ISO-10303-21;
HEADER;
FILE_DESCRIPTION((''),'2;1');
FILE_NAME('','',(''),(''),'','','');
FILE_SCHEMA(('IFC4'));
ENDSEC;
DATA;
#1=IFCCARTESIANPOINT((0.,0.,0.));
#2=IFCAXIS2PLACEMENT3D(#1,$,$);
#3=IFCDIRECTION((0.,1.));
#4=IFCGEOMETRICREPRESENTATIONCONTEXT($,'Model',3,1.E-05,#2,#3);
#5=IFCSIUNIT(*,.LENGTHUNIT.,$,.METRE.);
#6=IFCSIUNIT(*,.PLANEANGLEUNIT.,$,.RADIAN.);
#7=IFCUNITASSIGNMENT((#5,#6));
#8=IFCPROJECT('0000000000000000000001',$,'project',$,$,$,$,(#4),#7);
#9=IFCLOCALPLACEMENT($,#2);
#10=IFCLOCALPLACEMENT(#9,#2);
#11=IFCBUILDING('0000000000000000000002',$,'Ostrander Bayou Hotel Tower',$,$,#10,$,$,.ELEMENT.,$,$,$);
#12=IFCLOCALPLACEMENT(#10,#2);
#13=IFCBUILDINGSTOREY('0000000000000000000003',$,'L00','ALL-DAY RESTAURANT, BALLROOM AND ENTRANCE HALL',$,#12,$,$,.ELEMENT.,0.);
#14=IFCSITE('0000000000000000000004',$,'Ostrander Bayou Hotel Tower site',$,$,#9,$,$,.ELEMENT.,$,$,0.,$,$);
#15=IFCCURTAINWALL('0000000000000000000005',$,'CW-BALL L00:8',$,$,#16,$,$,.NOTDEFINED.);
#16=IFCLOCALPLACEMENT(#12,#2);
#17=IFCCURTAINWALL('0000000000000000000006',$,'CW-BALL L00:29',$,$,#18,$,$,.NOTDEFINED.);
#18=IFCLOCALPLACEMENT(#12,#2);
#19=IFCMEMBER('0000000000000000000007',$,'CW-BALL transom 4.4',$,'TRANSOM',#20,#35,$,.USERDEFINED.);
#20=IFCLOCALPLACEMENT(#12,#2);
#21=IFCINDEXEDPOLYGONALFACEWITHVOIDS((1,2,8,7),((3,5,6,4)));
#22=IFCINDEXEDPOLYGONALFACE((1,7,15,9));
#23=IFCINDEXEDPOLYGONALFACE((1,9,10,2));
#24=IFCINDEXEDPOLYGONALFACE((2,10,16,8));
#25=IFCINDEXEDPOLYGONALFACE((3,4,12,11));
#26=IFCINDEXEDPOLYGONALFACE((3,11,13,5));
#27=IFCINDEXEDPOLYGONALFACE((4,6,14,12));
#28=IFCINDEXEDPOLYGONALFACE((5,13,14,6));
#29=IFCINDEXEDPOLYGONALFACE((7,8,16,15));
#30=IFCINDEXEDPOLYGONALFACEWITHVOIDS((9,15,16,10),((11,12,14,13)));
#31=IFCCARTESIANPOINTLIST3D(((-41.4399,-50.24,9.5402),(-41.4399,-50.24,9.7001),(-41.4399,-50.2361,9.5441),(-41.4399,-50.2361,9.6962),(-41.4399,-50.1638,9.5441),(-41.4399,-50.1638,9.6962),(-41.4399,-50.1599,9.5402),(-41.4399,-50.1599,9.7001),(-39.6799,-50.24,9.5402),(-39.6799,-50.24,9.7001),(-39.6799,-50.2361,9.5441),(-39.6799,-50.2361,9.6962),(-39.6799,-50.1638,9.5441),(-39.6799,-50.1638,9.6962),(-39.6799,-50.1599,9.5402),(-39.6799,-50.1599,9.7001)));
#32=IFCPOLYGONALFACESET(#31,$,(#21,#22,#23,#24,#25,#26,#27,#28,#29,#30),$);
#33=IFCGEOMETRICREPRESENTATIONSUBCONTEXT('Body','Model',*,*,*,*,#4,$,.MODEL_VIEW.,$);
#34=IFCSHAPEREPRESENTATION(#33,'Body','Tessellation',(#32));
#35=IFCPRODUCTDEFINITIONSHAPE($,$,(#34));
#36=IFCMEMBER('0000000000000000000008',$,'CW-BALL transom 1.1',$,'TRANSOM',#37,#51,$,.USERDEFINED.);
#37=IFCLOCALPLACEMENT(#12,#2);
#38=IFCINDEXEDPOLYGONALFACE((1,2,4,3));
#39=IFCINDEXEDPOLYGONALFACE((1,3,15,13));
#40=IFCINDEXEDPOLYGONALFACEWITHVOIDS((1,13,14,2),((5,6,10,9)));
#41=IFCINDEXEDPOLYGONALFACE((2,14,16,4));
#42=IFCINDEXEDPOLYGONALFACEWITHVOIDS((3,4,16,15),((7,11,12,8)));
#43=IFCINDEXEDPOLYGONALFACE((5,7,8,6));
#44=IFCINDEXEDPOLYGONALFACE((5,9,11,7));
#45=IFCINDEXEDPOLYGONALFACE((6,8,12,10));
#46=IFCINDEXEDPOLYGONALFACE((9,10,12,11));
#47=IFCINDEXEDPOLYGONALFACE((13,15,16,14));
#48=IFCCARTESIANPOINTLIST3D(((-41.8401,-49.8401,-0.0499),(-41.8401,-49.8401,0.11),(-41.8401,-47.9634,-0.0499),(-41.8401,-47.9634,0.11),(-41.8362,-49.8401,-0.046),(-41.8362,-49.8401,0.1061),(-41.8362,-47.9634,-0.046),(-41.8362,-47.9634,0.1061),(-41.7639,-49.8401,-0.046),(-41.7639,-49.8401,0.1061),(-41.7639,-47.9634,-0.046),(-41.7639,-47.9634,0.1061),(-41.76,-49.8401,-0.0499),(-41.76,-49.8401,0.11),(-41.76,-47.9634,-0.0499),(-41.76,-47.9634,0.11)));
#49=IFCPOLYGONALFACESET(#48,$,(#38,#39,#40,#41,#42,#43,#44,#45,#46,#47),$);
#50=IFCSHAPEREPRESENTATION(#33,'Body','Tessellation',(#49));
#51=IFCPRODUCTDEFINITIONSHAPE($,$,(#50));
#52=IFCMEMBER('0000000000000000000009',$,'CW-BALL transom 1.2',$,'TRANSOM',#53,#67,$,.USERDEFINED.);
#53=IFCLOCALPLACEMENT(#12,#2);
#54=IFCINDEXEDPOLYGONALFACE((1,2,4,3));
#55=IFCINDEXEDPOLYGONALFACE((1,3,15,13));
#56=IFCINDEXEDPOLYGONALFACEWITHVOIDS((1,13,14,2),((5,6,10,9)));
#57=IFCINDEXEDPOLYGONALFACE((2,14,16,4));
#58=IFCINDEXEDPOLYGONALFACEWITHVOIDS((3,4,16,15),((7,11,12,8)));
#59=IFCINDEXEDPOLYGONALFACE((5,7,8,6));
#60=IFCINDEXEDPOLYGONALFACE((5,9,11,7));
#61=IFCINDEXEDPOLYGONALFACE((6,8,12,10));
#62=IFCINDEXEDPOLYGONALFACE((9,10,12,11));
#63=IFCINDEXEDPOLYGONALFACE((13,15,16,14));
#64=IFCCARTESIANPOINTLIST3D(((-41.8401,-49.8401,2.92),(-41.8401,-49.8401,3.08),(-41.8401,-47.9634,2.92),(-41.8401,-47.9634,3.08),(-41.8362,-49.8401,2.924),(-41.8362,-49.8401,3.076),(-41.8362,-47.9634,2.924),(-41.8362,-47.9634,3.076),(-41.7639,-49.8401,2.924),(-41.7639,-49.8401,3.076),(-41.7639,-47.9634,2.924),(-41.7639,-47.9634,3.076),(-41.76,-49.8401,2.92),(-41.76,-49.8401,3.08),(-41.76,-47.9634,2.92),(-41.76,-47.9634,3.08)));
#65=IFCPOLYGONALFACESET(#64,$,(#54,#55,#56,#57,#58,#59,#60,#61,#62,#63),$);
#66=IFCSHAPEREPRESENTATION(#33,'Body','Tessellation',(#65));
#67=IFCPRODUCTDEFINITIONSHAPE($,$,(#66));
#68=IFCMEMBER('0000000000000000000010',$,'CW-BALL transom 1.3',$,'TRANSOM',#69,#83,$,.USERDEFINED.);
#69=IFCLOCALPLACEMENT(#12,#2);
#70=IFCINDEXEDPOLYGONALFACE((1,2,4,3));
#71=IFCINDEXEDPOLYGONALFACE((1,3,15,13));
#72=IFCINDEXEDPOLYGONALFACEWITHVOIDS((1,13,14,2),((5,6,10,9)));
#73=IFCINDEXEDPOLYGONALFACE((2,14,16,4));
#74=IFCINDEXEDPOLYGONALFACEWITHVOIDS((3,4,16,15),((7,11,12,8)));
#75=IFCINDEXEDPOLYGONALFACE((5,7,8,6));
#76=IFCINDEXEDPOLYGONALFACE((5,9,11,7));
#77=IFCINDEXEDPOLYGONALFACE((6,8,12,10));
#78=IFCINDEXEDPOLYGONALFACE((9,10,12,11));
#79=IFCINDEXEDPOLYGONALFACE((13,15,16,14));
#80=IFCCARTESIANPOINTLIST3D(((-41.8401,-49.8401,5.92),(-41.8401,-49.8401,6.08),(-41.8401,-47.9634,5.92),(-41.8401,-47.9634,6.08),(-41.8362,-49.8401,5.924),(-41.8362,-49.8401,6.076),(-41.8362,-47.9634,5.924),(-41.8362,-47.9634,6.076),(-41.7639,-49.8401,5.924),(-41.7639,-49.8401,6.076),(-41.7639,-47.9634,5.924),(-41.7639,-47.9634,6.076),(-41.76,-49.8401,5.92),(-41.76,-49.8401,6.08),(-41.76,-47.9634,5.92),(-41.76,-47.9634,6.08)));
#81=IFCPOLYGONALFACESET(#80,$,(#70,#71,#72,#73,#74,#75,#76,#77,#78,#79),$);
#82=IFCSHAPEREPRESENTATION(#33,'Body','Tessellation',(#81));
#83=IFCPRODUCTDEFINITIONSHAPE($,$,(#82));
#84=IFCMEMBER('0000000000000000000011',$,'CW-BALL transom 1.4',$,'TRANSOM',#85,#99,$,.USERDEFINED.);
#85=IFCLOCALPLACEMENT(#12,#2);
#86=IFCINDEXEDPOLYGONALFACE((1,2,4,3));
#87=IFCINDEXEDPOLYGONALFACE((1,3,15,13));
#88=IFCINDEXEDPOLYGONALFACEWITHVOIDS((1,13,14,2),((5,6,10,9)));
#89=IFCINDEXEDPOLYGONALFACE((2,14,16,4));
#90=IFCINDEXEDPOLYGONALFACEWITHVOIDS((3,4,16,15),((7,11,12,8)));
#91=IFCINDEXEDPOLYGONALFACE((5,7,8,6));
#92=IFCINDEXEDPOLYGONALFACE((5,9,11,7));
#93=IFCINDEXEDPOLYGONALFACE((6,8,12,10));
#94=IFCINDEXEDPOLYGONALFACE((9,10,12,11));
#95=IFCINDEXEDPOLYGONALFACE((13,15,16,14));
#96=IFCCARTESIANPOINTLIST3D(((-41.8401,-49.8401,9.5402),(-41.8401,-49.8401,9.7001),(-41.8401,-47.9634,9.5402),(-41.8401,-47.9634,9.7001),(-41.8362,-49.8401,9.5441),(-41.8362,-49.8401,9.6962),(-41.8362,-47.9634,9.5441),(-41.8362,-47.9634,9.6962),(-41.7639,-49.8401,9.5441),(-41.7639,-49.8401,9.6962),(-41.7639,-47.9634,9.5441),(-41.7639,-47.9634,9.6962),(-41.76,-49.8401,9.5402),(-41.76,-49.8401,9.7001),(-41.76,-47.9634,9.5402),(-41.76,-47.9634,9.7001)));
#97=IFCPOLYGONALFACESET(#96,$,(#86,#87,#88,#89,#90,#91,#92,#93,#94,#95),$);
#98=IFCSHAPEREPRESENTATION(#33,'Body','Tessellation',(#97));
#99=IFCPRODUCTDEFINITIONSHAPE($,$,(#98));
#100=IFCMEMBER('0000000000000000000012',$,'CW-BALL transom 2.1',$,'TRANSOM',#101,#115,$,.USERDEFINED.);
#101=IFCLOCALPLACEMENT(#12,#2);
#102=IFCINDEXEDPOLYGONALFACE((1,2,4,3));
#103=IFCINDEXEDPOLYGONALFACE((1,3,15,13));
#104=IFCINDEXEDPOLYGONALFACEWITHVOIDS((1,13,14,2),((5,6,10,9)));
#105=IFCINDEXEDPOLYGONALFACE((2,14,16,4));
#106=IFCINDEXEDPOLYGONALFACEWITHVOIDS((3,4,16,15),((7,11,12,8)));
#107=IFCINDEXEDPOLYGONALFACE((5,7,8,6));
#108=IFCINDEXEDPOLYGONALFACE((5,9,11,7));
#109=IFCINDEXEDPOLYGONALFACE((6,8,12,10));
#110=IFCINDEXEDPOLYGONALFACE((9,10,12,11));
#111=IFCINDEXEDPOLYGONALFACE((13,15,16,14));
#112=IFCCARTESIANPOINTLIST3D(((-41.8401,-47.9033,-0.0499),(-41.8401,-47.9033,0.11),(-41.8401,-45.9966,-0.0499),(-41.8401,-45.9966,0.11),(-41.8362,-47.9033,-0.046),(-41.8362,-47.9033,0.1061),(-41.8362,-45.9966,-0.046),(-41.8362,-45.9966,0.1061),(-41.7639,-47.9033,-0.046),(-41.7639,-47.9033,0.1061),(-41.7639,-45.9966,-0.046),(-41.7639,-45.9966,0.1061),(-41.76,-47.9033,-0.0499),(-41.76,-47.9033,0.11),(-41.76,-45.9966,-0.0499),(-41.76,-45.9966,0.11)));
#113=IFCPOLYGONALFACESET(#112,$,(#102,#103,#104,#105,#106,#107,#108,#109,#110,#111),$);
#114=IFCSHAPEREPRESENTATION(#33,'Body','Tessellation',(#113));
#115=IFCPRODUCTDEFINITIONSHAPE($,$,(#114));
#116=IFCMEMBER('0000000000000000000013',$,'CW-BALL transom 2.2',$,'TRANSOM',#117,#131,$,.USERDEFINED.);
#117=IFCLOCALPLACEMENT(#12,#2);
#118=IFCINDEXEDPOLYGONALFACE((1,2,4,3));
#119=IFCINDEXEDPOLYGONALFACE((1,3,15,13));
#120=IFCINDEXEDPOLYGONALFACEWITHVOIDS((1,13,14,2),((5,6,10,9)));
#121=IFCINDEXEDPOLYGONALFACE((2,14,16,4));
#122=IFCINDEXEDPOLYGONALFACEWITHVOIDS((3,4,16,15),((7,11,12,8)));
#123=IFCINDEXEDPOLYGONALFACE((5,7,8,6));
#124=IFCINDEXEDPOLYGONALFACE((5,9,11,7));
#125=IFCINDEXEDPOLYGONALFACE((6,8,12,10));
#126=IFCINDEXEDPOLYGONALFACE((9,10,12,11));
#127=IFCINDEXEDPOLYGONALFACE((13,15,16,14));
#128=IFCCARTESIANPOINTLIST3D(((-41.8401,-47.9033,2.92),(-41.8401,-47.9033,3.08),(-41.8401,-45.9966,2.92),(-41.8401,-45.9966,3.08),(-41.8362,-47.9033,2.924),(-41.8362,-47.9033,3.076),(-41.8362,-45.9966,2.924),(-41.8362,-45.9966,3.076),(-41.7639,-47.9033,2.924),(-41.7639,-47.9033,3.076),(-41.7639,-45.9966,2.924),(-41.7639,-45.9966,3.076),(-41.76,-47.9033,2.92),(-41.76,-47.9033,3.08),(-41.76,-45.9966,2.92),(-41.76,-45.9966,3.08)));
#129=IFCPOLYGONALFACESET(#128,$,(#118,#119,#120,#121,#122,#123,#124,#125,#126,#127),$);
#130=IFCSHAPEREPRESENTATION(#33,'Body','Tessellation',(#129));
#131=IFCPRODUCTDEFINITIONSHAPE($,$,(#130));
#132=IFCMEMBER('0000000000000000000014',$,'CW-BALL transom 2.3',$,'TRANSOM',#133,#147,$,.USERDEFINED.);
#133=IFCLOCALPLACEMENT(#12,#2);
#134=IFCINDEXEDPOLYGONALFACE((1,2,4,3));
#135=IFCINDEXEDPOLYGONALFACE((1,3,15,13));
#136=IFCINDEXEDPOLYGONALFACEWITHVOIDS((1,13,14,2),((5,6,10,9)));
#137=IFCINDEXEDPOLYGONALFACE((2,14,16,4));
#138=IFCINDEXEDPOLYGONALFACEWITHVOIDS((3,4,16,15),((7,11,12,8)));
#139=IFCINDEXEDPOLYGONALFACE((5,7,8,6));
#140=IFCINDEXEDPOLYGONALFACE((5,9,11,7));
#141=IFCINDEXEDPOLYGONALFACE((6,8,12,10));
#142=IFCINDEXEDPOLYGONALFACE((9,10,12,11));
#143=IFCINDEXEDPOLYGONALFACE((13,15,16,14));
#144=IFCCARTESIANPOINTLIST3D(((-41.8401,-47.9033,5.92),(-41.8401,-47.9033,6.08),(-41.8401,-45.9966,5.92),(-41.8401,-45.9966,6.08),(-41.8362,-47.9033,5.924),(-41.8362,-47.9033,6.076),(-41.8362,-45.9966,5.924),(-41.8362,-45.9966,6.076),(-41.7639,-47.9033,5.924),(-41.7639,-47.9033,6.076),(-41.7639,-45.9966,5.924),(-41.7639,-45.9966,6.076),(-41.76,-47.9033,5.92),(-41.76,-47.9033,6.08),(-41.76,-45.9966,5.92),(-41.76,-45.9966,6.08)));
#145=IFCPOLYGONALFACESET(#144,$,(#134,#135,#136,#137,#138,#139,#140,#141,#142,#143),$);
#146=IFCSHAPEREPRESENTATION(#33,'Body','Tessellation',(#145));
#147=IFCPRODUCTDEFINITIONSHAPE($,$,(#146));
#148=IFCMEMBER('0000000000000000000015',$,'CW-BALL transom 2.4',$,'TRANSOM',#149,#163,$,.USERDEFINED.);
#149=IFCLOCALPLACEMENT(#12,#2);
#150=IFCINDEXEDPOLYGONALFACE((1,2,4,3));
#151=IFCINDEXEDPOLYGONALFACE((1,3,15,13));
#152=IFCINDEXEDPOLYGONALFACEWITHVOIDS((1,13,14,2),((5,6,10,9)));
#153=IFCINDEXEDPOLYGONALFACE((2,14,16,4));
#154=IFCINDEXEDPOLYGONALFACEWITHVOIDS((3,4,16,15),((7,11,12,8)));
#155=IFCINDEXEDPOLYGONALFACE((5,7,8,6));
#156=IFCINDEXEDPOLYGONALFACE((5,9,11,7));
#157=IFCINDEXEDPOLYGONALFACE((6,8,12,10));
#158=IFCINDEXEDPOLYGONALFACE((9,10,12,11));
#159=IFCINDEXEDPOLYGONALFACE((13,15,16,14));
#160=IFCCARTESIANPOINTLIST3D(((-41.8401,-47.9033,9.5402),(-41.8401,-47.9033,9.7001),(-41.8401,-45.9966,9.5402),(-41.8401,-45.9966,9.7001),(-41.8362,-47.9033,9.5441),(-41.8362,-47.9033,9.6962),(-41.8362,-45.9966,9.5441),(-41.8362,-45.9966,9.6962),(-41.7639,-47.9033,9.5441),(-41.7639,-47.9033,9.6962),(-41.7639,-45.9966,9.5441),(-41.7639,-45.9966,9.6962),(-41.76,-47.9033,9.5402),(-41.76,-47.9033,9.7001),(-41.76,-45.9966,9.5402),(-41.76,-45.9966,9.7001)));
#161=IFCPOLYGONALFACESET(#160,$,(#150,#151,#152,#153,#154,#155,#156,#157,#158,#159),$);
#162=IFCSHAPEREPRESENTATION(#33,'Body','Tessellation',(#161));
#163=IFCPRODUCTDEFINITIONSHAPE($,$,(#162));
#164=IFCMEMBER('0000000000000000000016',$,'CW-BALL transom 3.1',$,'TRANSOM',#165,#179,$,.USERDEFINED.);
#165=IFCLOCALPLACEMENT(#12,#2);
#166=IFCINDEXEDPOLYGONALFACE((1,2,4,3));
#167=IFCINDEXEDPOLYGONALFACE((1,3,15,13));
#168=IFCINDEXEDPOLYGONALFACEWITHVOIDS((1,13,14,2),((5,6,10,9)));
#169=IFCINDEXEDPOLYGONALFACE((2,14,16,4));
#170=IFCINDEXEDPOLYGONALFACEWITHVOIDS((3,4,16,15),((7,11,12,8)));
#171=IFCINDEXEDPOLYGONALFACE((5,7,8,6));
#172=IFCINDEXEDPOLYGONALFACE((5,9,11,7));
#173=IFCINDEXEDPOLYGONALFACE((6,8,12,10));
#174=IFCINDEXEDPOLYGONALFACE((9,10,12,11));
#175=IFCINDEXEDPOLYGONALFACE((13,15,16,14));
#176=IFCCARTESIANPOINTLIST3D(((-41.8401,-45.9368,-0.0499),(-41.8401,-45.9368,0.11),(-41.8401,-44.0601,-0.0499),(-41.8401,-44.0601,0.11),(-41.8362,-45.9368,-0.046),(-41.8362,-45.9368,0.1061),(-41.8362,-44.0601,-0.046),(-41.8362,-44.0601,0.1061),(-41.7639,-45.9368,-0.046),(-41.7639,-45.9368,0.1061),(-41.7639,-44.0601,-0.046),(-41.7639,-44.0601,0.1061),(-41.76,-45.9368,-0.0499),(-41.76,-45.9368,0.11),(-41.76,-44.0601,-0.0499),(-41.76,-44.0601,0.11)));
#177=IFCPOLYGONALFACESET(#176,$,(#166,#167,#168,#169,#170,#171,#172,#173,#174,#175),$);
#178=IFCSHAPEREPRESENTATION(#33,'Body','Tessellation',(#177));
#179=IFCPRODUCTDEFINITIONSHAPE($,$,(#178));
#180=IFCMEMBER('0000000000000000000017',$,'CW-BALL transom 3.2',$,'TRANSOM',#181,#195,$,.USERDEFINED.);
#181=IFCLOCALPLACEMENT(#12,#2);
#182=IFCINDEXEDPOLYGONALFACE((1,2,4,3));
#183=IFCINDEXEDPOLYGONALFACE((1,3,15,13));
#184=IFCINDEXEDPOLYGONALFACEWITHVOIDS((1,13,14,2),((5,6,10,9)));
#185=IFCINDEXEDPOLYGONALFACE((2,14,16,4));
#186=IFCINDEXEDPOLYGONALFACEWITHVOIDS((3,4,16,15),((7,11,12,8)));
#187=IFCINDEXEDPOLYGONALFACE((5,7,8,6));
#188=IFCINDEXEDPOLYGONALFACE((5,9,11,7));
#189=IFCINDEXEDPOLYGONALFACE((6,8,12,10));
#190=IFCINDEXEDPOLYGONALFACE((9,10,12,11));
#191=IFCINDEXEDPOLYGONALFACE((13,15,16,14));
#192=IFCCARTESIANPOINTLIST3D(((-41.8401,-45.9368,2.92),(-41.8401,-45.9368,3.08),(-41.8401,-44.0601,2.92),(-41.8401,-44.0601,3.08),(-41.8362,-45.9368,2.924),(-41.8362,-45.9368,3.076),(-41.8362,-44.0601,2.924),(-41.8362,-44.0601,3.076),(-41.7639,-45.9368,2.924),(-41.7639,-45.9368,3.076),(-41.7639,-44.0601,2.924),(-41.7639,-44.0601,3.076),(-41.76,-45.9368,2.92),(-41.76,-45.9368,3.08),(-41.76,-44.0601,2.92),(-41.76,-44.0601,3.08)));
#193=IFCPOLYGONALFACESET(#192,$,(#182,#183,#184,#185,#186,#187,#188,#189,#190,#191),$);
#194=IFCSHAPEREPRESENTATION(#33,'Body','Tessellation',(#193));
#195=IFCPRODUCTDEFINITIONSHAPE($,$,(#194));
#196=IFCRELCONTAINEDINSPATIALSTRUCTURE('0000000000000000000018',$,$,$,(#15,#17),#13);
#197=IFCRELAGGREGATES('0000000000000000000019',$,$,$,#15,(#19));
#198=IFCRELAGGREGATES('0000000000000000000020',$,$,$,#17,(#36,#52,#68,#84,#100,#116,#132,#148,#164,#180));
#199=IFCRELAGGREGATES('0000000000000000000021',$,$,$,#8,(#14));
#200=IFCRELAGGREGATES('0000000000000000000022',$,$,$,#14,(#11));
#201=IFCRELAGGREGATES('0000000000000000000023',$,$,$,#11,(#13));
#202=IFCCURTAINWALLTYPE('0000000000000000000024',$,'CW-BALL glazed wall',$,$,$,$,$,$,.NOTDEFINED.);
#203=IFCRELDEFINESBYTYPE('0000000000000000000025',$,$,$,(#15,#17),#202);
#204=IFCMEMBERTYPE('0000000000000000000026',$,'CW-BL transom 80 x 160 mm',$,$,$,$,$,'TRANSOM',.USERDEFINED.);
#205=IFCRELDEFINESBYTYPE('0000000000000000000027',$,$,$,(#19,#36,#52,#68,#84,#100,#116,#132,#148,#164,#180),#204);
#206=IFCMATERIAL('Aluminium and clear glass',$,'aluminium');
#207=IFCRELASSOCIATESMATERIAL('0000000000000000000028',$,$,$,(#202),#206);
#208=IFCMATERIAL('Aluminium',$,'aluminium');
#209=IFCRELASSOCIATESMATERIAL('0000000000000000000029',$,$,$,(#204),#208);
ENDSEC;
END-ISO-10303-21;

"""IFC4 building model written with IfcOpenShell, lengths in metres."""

from ifc_helpers import new_model, si_unit, direction, frame, origin, origin_2d, place, context, subcontext, project, spatial, hollow_rectangle, extrude, material, material_profile, profile_set, type_object, element, aggregate, save


model = new_model("IFC4")

# Units and contexts
model_context = context("Model", 3, precision=1e-05, world=origin(), true_north=direction((0.0, 1.0)))
body_context = subcontext(model_context, "Body", "Model", "MODEL_VIEW")
ifc_project = project(units=[si_unit("LENGTHUNIT", "METRE"), si_unit("PLANEANGLEUNIT", "RADIAN")], contexts=[model_context])

# Site, building, storey
site_placement = place(None, origin())
site = spatial("IfcSite", under=ifc_project, at=site_placement, Name="Ostrander Bayou Hotel Tower site", CompositionType="ELEMENT", RefElevation=0.0)
building_placement = place(site_placement, origin())
building = spatial("IfcBuilding", under=site, at=building_placement, Name="Ostrander Bayou Hotel Tower", CompositionType="ELEMENT")
storey_placement = place(building_placement, origin())
storey = spatial("IfcBuildingStorey", under=building, at=storey_placement, Name="L00", Description="ALL-DAY RESTAURANT, BALLROOM AND ENTRANCE HALL", CompositionType="ELEMENT", Elevation=0.0)

# Curtain walls
ifc_material_1 = material(Name="Aluminium and clear glass", Category="aluminium")
curtain_wall_type = type_object("IfcCurtainWallType", Name="CW-BALL glazed wall", PredefinedType="NOTDEFINED", material=ifc_material_1)
curtain_wall_1_placement = place(storey_placement, origin())
curtain_wall_1 = element("IfcCurtainWall", 1, at=curtain_wall_1_placement, inside=storey, type_object=curtain_wall_type, Name="CW-BALL L00:8", PredefinedType="NOTDEFINED")
curtain_wall_2_placement = place(storey_placement, origin())
curtain_wall_2 = element("IfcCurtainWall", 2, at=curtain_wall_2_placement, inside=storey, type_object=curtain_wall_type, Name="CW-BALL L00:29", PredefinedType="NOTDEFINED")

# Members
ifc_material_2 = material(Name="Aluminium", Category="aluminium")
ifc_material_profile_1 = material_profile(ifc_material_2, hollow_rectangle(XDim=0.0801, YDim=0.1599, WallThickness=0.0039, at=origin_2d()))
ifc_profile_set_1 = profile_set([ifc_material_profile_1], Name="Aluminium")
member_type_1 = type_object("IfcMemberType", Name="CW-BL transom 80 x 160 mm", ElementType="TRANSOM", PredefinedType="USERDEFINED", material=ifc_profile_set_1)
member_1_placement = place(storey_placement, frame((-39.6799, -50.2, 9.6201), z_axis=(-1.0, 0.0, 0.0), x_axis=(0.0, -1.0, 0.0)))
member_1 = element("IfcMember", 3, at=member_1_placement, type_object=member_type_1, Name="CW-BALL transom 4.4", ObjectType="TRANSOM", PredefinedType="USERDEFINED", context=body_context, shape_type="SweptSolid", body=[
    extrude(hollow_rectangle(XDim=0.0801, YDim=0.1599, WallThickness=0.0039, at=origin_2d()), origin(), (0.0, 0.0, 1.0), 1.76),
])
member_2_placement = place(storey_placement, frame((-41.8, -49.8401, 0.03), z_axis=(0.0, 1.0, 0.0), x_axis=(-1.0, 0.0, 0.0)))
member_2 = element("IfcMember", 4, at=member_2_placement, type_object=member_type_1, Name="CW-BALL transom 1.1", ObjectType="TRANSOM", PredefinedType="USERDEFINED", context=body_context, shape_type="SweptSolid", body=[
    extrude(hollow_rectangle(XDim=0.0801, YDim=0.1599, WallThickness=0.0039, at=origin_2d()), origin(), (0.0, 0.0, 1.0), 1.8767),
])
member_3_placement = place(storey_placement, frame((-41.8, -49.8401, 3.0), z_axis=(0.0, 1.0, 0.0), x_axis=(-1.0, 0.0, 0.0)))
member_3 = element("IfcMember", 5, at=member_3_placement, type_object=member_type_1, Name="CW-BALL transom 1.2", ObjectType="TRANSOM", PredefinedType="USERDEFINED", context=body_context, shape_type="SweptSolid", body=[
    extrude(hollow_rectangle(XDim=0.0801, YDim=0.1599, WallThickness=0.0039, at=origin_2d()), origin(), (0.0, 0.0, 1.0), 1.8767),
])
member_4_placement = place(storey_placement, frame((-41.8, -49.8401, 6.0), z_axis=(0.0, 1.0, 0.0), x_axis=(-1.0, 0.0, 0.0)))
member_4 = element("IfcMember", 6, at=member_4_placement, type_object=member_type_1, Name="CW-BALL transom 1.3", ObjectType="TRANSOM", PredefinedType="USERDEFINED", context=body_context, shape_type="SweptSolid", body=[
    extrude(hollow_rectangle(XDim=0.0801, YDim=0.1599, WallThickness=0.0039, at=origin_2d()), origin(), (0.0, 0.0, 1.0), 1.8767),
])
member_5_placement = place(storey_placement, frame((-41.8, -49.8401, 9.6201), z_axis=(0.0, 1.0, 0.0), x_axis=(-1.0, 0.0, 0.0)))
member_5 = element("IfcMember", 7, at=member_5_placement, type_object=member_type_1, Name="CW-BALL transom 1.4", ObjectType="TRANSOM", PredefinedType="USERDEFINED", context=body_context, shape_type="SweptSolid", body=[
    extrude(hollow_rectangle(XDim=0.0801, YDim=0.1599, WallThickness=0.0039, at=origin_2d()), origin(), (0.0, 0.0, 1.0), 1.8767),
])
member_6_placement = place(storey_placement, frame((-41.8, -47.9033, 0.03), z_axis=(0.0, 1.0, 0.0), x_axis=(-1.0, 0.0, 0.0)))
member_6 = element("IfcMember", 8, at=member_6_placement, type_object=member_type_1, Name="CW-BALL transom 2.1", ObjectType="TRANSOM", PredefinedType="USERDEFINED", context=body_context, shape_type="SweptSolid", body=[
    extrude(hollow_rectangle(XDim=0.0801, YDim=0.1599, WallThickness=0.0039, at=origin_2d()), origin(), (0.0, 0.0, 1.0), 1.9067),
])
member_7_placement = place(storey_placement, frame((-41.8, -47.9033, 3.0), z_axis=(0.0, 1.0, 0.0), x_axis=(-1.0, 0.0, 0.0)))
member_7 = element("IfcMember", 9, at=member_7_placement, type_object=member_type_1, Name="CW-BALL transom 2.2", ObjectType="TRANSOM", PredefinedType="USERDEFINED", context=body_context, shape_type="SweptSolid", body=[
    extrude(hollow_rectangle(XDim=0.0801, YDim=0.1599, WallThickness=0.0039, at=origin_2d()), origin(), (0.0, 0.0, 1.0), 1.9067),
])
member_8_placement = place(storey_placement, frame((-41.8, -47.9033, 6.0), z_axis=(0.0, 1.0, 0.0), x_axis=(-1.0, 0.0, 0.0)))
member_8 = element("IfcMember", 10, at=member_8_placement, type_object=member_type_1, Name="CW-BALL transom 2.3", ObjectType="TRANSOM", PredefinedType="USERDEFINED", context=body_context, shape_type="SweptSolid", body=[
    extrude(hollow_rectangle(XDim=0.0801, YDim=0.1599, WallThickness=0.0039, at=origin_2d()), origin(), (0.0, 0.0, 1.0), 1.9067),
])
member_9_placement = place(storey_placement, frame((-41.8, -47.9033, 9.6201), z_axis=(0.0, 1.0, 0.0), x_axis=(-1.0, 0.0, 0.0)))
member_9 = element("IfcMember", 11, at=member_9_placement, type_object=member_type_1, Name="CW-BALL transom 2.4", ObjectType="TRANSOM", PredefinedType="USERDEFINED", context=body_context, shape_type="SweptSolid", body=[
    extrude(hollow_rectangle(XDim=0.0801, YDim=0.1599, WallThickness=0.0039, at=origin_2d()), origin(), (0.0, 0.0, 1.0), 1.9067),
])
member_10_placement = place(storey_placement, frame((-41.8, -45.9368, 0.03), z_axis=(0.0, 1.0, 0.0), x_axis=(-1.0, 0.0, 0.0)))
member_10 = element("IfcMember", 12, at=member_10_placement, type_object=member_type_1, Name="CW-BALL transom 3.1", ObjectType="TRANSOM", PredefinedType="USERDEFINED", context=body_context, shape_type="SweptSolid", body=[
    extrude(hollow_rectangle(XDim=0.0801, YDim=0.1599, WallThickness=0.0039, at=origin_2d()), origin(), (0.0, 0.0, 1.0), 1.8767),
])
member_11_placement = place(storey_placement, frame((-41.8, -45.9368, 3.0), z_axis=(0.0, 1.0, 0.0), x_axis=(-1.0, 0.0, 0.0)))
member_11 = element("IfcMember", 13, at=member_11_placement, type_object=member_type_1, Name="CW-BALL transom 3.2", ObjectType="TRANSOM", PredefinedType="USERDEFINED", context=body_context, shape_type="SweptSolid", body=[
    extrude(hollow_rectangle(XDim=0.0801, YDim=0.1599, WallThickness=0.0039, at=origin_2d()), origin(), (0.0, 0.0, 1.0), 1.8767),
])

aggregate(curtain_wall_1, [member_1])
aggregate(curtain_wall_2, [member_2, member_3, member_4, member_5, member_6, member_7, member_8, member_9, member_10, member_11])

save(model, "model.ifc")
